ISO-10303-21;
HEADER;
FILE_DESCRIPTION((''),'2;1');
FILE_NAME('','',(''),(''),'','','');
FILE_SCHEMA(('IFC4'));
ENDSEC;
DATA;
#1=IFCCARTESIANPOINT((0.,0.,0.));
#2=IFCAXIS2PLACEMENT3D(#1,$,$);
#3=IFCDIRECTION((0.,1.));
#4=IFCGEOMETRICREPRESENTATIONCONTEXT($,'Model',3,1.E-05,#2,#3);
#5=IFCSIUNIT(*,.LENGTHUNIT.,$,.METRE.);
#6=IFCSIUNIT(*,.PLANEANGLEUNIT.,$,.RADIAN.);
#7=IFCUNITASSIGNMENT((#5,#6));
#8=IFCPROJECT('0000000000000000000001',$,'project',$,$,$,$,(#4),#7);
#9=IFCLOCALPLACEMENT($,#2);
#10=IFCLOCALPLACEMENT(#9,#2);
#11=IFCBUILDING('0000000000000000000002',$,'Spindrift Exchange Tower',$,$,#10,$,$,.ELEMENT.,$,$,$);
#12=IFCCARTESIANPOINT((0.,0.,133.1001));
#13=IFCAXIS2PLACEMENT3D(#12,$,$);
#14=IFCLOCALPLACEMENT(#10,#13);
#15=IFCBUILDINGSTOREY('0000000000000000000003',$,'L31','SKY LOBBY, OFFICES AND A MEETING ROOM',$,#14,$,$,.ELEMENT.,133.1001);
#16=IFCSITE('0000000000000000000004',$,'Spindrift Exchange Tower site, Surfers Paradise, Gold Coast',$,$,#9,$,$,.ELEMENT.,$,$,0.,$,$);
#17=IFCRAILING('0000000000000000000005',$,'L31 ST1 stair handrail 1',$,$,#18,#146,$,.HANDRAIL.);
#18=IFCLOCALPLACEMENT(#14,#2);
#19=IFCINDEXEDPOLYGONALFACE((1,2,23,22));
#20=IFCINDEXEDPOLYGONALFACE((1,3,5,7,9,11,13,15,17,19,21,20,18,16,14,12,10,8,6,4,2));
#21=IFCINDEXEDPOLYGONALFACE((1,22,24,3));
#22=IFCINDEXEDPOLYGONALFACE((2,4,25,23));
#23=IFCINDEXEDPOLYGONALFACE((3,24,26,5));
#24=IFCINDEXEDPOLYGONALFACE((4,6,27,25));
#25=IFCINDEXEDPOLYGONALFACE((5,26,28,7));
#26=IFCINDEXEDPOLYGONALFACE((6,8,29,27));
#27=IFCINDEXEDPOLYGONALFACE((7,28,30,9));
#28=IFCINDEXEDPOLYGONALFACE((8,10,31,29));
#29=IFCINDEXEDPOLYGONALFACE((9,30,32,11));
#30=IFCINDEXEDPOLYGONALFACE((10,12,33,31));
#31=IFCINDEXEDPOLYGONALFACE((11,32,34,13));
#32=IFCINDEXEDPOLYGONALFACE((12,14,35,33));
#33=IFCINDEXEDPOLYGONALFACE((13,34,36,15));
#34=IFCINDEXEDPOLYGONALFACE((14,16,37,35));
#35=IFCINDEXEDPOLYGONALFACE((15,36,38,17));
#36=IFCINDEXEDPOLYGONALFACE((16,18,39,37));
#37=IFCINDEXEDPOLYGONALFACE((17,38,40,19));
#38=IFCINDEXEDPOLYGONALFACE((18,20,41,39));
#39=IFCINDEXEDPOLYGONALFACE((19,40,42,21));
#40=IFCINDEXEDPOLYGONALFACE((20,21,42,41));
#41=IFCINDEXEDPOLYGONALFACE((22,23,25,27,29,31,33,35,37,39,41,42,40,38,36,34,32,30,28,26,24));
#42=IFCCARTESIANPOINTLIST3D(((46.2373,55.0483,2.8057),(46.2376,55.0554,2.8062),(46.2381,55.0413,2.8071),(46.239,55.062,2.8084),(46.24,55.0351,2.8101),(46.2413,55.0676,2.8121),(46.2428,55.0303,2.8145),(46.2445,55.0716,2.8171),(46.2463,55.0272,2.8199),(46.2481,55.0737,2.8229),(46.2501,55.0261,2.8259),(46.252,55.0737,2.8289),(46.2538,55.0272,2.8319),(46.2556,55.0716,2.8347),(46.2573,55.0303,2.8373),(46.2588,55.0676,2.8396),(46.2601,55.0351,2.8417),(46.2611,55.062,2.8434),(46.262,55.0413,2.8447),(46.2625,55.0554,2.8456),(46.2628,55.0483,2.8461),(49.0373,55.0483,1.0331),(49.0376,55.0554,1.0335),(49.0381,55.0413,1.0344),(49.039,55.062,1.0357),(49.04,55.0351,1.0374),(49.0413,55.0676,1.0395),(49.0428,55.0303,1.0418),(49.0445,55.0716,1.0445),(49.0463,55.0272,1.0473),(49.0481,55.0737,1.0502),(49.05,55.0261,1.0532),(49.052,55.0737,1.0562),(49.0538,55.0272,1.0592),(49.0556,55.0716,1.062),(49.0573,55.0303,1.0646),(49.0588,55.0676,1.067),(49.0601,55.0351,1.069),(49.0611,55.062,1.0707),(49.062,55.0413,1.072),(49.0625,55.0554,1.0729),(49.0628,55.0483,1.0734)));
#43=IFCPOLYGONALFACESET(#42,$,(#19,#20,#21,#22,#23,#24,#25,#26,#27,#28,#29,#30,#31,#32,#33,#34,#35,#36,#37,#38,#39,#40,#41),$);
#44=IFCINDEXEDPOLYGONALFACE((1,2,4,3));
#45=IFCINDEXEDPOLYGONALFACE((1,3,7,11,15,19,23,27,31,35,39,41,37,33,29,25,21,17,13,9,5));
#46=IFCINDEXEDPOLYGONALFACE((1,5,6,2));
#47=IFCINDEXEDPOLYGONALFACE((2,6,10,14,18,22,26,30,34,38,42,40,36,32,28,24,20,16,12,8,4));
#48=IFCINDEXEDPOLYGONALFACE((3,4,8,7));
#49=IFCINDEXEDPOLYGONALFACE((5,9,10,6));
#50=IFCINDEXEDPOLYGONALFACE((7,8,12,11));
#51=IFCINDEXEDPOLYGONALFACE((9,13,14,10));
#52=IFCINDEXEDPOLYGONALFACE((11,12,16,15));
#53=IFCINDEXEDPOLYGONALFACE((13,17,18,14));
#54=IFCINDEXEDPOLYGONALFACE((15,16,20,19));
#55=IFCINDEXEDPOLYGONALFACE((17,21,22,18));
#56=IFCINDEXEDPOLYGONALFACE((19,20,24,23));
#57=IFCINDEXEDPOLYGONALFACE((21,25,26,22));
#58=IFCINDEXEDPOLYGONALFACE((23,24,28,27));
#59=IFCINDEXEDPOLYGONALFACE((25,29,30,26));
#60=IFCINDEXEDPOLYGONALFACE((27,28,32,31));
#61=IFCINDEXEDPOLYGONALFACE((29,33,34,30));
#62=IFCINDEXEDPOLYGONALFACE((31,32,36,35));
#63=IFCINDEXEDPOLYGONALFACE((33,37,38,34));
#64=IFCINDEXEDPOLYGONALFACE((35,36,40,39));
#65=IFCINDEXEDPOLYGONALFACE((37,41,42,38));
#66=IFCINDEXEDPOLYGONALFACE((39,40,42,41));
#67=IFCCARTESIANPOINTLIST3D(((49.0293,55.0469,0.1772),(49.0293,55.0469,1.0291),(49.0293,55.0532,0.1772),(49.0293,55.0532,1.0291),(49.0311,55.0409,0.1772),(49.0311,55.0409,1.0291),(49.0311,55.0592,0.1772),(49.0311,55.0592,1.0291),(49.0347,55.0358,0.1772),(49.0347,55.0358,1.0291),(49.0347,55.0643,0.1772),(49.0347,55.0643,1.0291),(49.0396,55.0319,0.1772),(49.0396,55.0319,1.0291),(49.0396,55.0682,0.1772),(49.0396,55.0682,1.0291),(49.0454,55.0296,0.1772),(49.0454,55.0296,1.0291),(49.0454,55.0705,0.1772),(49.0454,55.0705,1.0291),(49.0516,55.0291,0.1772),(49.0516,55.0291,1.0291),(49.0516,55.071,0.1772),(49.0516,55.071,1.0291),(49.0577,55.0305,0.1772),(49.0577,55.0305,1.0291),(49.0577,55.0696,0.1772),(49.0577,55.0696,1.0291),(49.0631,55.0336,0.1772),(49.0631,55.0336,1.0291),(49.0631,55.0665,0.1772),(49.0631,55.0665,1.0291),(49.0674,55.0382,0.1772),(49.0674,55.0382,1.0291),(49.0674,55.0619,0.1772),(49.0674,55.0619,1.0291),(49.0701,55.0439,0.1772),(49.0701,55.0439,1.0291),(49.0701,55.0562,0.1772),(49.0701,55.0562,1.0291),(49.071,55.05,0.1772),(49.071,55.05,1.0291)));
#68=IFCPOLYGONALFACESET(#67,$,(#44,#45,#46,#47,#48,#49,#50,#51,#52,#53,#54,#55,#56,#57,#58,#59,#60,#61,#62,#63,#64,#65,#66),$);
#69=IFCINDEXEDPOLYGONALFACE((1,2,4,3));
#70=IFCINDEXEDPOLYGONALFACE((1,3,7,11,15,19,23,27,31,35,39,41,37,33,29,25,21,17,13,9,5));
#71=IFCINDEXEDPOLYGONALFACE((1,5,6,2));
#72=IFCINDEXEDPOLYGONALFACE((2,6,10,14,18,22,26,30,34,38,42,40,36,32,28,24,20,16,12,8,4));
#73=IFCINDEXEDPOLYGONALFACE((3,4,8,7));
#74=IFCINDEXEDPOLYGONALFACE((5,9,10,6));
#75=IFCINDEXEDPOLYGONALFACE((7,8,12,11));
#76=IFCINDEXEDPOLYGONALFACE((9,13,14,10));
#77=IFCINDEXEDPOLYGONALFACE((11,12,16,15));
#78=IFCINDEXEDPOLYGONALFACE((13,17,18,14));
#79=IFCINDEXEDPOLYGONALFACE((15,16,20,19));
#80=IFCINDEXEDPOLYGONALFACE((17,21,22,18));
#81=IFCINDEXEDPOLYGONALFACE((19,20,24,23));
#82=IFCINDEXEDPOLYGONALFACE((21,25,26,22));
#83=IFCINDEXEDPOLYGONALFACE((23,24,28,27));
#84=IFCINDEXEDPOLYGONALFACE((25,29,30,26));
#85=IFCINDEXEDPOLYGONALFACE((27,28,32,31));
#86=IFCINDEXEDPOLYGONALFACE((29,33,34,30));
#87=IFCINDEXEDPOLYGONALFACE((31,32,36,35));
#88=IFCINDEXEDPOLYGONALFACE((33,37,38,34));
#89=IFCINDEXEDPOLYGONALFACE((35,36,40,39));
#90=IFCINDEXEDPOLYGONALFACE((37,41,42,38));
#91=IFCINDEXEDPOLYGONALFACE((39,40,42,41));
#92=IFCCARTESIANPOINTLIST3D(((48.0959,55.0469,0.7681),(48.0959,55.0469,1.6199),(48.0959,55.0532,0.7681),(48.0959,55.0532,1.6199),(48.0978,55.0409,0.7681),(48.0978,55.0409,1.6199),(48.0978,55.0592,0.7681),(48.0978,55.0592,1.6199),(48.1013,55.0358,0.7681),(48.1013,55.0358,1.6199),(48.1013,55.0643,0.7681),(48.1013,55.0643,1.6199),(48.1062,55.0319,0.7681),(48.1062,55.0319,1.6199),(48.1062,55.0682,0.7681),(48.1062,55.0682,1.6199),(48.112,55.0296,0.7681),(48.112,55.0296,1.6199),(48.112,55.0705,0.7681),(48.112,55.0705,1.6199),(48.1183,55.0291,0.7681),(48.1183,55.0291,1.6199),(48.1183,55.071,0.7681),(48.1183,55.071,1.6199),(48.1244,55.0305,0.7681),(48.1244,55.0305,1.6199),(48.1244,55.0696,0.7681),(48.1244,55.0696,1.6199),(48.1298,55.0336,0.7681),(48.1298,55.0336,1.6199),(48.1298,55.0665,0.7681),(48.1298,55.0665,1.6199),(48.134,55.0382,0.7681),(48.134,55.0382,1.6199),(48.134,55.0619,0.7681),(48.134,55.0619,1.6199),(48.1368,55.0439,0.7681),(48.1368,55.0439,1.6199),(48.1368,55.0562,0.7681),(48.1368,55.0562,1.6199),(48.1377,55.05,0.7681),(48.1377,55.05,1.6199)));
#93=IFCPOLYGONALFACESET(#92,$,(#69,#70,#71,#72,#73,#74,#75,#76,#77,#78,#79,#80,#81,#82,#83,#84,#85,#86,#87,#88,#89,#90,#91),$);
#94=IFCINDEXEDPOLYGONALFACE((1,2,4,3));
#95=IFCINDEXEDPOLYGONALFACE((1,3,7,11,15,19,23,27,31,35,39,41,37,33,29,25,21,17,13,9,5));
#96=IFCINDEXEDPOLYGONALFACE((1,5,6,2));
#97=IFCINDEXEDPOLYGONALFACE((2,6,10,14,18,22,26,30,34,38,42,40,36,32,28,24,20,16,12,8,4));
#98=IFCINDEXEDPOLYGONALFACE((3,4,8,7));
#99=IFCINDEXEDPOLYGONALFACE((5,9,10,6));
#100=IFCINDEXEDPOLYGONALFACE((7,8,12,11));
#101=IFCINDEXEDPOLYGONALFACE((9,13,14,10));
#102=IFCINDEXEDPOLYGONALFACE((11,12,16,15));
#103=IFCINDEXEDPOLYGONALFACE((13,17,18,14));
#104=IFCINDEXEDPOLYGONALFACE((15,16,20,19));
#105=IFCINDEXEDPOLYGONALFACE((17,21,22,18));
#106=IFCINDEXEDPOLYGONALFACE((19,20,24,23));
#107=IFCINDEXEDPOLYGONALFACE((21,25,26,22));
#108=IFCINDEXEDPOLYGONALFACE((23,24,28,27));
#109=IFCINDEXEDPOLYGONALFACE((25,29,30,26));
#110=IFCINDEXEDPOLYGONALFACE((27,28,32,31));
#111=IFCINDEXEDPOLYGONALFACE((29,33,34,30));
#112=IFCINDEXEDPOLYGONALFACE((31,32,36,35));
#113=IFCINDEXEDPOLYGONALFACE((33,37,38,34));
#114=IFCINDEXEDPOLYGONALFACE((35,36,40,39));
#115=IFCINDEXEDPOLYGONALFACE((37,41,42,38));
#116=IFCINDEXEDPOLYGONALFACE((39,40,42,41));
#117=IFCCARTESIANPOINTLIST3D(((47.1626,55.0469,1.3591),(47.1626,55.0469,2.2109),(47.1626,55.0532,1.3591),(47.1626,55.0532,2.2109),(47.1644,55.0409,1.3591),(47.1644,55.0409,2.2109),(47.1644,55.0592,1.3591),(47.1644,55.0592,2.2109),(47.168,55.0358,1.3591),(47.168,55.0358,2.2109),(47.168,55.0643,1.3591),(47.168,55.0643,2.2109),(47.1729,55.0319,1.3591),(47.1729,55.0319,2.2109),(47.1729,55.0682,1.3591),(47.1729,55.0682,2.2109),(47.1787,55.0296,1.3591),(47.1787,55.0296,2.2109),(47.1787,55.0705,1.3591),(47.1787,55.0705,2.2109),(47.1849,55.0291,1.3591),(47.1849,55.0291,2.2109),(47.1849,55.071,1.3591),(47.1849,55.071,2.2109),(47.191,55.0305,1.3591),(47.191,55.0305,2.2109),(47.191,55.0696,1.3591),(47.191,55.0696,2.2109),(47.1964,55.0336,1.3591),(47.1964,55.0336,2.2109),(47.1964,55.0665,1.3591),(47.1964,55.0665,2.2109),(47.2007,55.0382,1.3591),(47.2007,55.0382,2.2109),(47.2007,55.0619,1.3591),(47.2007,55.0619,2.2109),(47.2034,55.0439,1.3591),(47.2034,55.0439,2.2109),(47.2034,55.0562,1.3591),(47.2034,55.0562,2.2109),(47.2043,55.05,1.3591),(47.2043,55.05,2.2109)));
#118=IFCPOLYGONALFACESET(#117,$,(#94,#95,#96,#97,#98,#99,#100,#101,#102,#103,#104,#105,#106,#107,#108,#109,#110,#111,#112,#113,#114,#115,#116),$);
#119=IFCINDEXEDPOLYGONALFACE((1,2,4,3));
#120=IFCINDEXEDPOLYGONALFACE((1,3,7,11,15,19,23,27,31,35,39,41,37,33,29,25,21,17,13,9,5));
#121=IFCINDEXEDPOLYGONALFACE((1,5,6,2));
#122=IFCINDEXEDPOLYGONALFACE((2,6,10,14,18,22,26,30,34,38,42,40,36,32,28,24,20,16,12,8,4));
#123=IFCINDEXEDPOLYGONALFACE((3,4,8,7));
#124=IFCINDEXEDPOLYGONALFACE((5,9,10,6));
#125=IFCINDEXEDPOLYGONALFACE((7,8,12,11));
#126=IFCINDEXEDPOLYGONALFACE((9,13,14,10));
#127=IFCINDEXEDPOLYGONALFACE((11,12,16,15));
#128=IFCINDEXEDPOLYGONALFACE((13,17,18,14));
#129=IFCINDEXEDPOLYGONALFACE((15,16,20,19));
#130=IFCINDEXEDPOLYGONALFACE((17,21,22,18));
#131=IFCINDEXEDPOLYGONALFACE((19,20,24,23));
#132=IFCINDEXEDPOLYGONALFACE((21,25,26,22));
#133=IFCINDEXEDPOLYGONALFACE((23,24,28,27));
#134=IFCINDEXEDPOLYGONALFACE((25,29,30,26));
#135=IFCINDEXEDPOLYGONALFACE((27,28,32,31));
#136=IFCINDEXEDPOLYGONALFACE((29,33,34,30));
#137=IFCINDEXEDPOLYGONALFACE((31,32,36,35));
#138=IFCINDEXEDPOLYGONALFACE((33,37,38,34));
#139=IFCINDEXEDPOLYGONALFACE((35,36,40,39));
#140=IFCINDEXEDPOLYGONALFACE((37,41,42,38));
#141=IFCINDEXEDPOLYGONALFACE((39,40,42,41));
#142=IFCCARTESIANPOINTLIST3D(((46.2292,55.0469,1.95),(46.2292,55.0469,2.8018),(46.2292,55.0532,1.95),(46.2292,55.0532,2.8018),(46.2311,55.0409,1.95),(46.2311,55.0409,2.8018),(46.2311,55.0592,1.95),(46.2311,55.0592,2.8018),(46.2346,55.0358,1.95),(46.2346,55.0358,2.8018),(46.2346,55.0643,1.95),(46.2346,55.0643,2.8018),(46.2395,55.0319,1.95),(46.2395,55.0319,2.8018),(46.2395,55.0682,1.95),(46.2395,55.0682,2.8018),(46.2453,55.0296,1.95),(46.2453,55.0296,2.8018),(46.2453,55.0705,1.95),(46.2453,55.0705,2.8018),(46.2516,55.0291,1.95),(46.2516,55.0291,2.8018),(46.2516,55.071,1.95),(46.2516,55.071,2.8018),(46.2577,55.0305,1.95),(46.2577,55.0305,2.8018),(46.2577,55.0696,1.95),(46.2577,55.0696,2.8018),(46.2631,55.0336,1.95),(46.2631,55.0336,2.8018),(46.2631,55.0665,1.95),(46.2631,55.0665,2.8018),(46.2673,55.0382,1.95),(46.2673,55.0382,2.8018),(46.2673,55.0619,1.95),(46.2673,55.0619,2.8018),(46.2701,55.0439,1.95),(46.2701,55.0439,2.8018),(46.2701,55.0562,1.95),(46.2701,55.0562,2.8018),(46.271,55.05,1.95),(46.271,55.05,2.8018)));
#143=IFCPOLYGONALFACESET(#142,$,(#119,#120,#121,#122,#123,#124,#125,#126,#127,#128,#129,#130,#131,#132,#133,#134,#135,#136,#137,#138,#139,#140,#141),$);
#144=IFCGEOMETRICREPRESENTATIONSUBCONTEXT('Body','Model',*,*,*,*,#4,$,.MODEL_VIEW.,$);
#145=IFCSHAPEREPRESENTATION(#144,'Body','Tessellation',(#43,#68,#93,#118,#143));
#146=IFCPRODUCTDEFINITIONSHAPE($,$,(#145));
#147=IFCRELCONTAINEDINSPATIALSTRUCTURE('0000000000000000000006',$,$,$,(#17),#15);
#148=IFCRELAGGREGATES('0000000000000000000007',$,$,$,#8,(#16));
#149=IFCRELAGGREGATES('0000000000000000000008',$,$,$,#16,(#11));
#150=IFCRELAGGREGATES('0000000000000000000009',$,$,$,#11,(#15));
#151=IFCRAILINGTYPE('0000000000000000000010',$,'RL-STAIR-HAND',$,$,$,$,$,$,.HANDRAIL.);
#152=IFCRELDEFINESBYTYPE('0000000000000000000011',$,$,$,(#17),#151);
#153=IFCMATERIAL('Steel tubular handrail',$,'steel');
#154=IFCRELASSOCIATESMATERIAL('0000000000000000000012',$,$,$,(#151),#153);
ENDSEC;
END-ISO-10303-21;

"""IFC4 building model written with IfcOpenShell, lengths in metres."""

from ifc_helpers import new_model, si_unit, direction, frame, origin, origin_2d, place, context, subcontext, project, spatial, circle, extrude, material, type_object, element, save


model = new_model("IFC4")

# Units and contexts
model_context = context("Model", 3, precision=1e-05, world=origin(), true_north=direction((0.0, 1.0)))
body_context = subcontext(model_context, "Body", "Model", "MODEL_VIEW")
ifc_project = project(units=[si_unit("LENGTHUNIT", "METRE"), si_unit("PLANEANGLEUNIT", "RADIAN")], contexts=[model_context])

# Site, building, storey
site_placement = place(None, origin())
site = spatial("IfcSite", under=ifc_project, at=site_placement, Name="Spindrift Exchange Tower site, Surfers Paradise, Gold Coast", CompositionType="ELEMENT", RefElevation=0.0)
building_placement = place(site_placement, origin())
building = spatial("IfcBuilding", under=site, at=building_placement, Name="Spindrift Exchange Tower", CompositionType="ELEMENT")
storey_placement = place(building_placement, frame((0.0, 0.0, 133.1001)))
storey = spatial("IfcBuildingStorey", under=building, at=storey_placement, Name="L31", Description="SKY LOBBY, OFFICES AND A MEETING ROOM", CompositionType="ELEMENT", Elevation=133.1001)

# Railing
ifc_material_1 = material(Name="Steel tubular handrail", Category="steel")
railing_type_1 = type_object("IfcRailingType", Name="RL-STAIR-HAND", PredefinedType="HANDRAIL", material=ifc_material_1)
railing_1_placement = place(storey_placement, frame((49.05, 55.05, 0.1772)))
element("IfcRailing", 1, at=railing_1_placement, inside=storey, type_object=railing_type_1, Name="L31 ST1 stair handrail 1", PredefinedType="HANDRAIL", context=body_context, shape_type="SweptSolid", body=[
    extrude(circle(Radius=0.0239, at=origin_2d()), frame((0.0, 0.0, 0.876), z_axis=(-0.844909, 0.0, 0.53491), x_axis=(0.0, -1.0, 0.0)), (0.0, 0.0, 1.0), 3.314),
    extrude(circle(Radius=0.021, at=origin_2d()), origin(), (0.0, 0.0, 1.0), 0.8518),
    extrude(circle(Radius=0.021, at=origin_2d()), frame((-0.9333, 0.0, 0.5908)), (0.0, 0.0, 1.0), 0.8518),
    extrude(circle(Radius=0.021, at=origin_2d()), frame((-1.8667, 0.0, 1.1819)), (0.0, 0.0, 1.0), 0.8518),
    extrude(circle(Radius=0.021, at=origin_2d()), frame((-2.8, 0.0, 1.7727)), (0.0, 0.0, 1.0), 0.8518),
])

save(model, "model.ifc")
